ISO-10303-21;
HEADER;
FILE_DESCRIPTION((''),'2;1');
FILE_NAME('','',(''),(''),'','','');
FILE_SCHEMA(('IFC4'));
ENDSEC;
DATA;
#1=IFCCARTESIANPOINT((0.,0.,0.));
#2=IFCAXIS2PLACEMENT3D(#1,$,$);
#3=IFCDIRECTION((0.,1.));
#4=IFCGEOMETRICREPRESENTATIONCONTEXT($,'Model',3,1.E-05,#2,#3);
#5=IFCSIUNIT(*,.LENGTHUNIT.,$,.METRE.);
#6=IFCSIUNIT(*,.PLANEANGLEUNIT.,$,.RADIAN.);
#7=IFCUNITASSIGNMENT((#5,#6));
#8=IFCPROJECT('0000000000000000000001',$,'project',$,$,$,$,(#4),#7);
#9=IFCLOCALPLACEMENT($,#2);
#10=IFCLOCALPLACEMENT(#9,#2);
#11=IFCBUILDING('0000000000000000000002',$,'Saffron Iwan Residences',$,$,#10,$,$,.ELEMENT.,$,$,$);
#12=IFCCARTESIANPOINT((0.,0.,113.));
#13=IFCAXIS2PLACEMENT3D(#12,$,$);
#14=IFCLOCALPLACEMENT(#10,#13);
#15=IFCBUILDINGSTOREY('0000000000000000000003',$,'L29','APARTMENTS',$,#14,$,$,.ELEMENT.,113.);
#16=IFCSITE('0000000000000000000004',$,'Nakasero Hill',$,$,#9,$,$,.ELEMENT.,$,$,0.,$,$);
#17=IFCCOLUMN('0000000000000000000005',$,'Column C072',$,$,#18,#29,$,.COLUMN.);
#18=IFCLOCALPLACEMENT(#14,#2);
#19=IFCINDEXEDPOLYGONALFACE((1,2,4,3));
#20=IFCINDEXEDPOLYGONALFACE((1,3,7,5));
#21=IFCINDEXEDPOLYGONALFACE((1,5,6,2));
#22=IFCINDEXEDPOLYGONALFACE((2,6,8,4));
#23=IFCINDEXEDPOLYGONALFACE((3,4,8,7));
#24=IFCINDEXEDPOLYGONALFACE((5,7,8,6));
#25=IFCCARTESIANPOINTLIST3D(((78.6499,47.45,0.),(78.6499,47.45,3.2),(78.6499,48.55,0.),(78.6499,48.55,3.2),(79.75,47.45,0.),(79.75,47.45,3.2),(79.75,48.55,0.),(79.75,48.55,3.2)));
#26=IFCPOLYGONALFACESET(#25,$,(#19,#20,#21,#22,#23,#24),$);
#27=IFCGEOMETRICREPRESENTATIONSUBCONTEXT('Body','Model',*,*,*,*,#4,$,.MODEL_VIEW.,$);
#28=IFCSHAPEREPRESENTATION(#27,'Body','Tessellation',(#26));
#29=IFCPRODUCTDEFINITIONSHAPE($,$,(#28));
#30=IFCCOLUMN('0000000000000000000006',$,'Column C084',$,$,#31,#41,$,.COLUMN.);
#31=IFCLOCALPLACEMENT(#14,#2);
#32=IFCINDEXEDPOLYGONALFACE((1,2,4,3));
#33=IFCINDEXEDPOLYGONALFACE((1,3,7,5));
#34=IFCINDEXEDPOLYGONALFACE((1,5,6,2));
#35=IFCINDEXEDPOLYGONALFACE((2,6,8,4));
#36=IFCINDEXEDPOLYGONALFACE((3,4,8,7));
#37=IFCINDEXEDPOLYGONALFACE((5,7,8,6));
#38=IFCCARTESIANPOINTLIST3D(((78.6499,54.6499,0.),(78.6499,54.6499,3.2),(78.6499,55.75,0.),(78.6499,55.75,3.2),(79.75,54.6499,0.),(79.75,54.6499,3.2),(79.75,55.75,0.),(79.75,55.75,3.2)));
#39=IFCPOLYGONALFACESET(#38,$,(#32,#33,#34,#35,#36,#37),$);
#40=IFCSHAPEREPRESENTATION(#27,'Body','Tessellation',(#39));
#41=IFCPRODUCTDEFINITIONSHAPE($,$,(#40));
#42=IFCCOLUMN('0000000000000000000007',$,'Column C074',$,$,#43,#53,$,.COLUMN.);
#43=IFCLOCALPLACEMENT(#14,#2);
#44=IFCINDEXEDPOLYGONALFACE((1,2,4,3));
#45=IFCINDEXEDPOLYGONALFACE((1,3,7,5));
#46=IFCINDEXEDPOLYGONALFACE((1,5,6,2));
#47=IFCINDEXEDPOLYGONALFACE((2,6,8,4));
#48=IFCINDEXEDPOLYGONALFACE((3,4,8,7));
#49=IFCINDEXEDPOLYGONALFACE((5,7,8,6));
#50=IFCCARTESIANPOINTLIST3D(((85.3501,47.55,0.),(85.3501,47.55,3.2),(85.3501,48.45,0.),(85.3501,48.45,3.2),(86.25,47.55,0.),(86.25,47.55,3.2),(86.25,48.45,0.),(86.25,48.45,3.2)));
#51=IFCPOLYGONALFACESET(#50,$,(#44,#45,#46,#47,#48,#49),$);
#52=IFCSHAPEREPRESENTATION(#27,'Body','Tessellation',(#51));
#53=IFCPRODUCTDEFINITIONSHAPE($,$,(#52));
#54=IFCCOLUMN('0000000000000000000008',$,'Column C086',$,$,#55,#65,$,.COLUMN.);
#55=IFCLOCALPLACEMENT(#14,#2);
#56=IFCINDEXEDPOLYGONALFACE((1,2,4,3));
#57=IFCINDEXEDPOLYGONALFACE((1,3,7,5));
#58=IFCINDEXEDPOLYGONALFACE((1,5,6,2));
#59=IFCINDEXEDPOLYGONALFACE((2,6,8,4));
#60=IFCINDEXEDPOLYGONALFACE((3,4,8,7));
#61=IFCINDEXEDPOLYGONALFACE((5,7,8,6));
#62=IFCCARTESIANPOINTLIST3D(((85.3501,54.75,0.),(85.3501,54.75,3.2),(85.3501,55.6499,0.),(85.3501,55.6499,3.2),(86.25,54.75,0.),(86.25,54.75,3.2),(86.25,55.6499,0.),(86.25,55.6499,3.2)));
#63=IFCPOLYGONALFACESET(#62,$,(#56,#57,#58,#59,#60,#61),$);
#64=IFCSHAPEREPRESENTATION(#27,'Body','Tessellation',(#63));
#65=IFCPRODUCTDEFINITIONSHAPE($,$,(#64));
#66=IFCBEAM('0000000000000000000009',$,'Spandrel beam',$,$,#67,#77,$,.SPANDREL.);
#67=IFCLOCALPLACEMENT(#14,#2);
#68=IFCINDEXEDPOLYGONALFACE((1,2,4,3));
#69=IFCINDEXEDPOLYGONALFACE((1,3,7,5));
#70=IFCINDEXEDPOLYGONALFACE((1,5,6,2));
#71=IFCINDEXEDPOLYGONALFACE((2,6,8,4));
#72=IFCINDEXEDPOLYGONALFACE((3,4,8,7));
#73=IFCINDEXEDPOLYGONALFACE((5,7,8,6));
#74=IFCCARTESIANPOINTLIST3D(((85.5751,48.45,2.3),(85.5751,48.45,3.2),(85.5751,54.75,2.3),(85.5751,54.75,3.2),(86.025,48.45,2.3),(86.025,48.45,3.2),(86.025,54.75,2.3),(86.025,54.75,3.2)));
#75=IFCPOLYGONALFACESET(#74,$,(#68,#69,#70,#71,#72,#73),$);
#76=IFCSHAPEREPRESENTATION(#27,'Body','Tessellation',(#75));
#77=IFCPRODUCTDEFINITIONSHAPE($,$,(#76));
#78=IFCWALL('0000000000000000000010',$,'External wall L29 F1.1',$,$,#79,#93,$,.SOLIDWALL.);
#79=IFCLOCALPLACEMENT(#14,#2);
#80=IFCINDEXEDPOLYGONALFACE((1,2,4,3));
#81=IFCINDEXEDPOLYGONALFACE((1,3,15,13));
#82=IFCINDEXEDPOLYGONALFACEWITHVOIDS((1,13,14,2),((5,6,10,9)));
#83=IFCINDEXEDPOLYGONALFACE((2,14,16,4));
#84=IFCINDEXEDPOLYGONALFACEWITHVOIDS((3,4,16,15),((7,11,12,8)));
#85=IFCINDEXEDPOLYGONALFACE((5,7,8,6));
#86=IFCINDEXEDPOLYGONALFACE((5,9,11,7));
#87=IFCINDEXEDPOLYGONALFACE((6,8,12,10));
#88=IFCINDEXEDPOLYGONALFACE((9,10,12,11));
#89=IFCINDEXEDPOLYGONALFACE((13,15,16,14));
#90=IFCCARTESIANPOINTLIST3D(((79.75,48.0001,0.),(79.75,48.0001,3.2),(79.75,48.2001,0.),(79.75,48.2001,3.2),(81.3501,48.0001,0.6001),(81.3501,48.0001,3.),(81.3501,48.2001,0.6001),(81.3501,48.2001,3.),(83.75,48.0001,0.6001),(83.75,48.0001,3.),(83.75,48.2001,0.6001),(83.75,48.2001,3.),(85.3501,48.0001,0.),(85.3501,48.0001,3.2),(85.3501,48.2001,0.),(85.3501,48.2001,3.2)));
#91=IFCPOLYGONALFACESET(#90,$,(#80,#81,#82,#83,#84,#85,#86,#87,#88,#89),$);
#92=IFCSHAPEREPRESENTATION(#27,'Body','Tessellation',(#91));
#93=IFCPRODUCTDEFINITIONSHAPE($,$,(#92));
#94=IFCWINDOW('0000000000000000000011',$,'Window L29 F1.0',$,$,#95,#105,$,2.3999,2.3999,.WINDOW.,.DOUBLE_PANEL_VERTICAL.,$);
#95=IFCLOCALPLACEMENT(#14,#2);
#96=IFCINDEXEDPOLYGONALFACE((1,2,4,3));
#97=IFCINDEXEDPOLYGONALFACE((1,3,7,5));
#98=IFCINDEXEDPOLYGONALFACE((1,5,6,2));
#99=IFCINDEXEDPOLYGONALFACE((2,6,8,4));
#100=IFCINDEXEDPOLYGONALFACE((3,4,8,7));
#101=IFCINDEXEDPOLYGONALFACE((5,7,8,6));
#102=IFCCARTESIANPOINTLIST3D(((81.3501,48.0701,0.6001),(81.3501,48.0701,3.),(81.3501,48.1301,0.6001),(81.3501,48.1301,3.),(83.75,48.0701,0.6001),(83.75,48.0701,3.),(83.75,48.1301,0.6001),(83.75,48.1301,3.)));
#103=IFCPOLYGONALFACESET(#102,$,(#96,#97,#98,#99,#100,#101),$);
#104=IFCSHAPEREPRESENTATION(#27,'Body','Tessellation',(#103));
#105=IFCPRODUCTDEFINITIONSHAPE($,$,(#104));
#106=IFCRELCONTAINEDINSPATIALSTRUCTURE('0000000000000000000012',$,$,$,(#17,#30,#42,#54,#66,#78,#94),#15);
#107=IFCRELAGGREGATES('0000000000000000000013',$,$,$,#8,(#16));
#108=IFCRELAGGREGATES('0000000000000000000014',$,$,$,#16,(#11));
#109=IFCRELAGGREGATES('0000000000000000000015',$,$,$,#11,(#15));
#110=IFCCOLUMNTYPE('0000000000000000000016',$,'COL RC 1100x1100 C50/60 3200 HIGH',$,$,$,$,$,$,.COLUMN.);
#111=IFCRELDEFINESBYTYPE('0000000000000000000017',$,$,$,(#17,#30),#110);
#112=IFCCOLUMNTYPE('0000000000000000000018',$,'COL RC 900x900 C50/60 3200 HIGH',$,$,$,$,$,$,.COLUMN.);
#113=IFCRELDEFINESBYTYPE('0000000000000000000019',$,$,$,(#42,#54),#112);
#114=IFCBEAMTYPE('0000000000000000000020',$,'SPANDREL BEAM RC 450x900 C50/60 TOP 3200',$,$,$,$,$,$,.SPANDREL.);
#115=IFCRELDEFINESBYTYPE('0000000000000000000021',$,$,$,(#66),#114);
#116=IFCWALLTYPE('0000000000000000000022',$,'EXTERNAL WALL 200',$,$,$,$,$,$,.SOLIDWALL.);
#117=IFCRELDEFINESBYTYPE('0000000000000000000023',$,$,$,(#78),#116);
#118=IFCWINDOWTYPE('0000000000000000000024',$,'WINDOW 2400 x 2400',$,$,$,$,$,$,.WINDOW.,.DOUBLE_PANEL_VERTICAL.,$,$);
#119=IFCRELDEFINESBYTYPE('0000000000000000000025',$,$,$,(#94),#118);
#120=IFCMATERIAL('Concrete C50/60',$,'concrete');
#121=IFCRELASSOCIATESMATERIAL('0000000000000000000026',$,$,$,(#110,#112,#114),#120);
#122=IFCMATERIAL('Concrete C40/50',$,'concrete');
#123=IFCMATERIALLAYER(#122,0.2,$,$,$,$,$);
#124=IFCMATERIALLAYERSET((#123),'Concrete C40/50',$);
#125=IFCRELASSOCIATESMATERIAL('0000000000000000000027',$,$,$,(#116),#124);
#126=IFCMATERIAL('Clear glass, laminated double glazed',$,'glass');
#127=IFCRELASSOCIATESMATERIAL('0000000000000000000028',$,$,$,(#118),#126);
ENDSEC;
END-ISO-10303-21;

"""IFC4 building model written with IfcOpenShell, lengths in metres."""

from ifc_helpers import new_model, si_unit, direction, frame, frame_2d, origin, origin_2d, place, context, subcontext, project, spatial, rectangle, extrude, source, transform, mapped, material, layer, layer_set, material_profile, profile_set, type_object, element, fill, save


model = new_model("IFC4")

# Units and contexts
model_context = context("Model", 3, precision=1e-05, world=origin(), true_north=direction((0.0, 1.0)))
body_context = subcontext(model_context, "Body", "Model", "MODEL_VIEW")
ifc_project = project(units=[si_unit("LENGTHUNIT", "METRE"), si_unit("PLANEANGLEUNIT", "RADIAN")], contexts=[model_context])

# Site, building, storey
site_placement = place(None, origin())
site = spatial("IfcSite", under=ifc_project, at=site_placement, Name="Nakasero Hill", CompositionType="ELEMENT", RefElevation=0.0)
building_placement = place(site_placement, origin())
building = spatial("IfcBuilding", under=site, at=building_placement, Name="Saffron Iwan Residences", CompositionType="ELEMENT")
storey_placement = place(building_placement, frame((0.0, 0.0, 113.0)))
storey = spatial("IfcBuildingStorey", under=building, at=storey_placement, Name="L29", Description="APARTMENTS", CompositionType="ELEMENT", Elevation=113.0)

# Columns
ifc_material_1 = material(Name="Concrete C50/60", Category="concrete")
ifc_material_profile_1 = material_profile(ifc_material_1, rectangle(XDim=1.1001, YDim=1.1001, at=origin_2d()), Name="RC 1100x1100")
ifc_profile_set_1 = profile_set([ifc_material_profile_1], Name="Concrete C50/60")
column_type_1 = type_object("IfcColumnType", Name="COL RC 1100x1100 C50/60 3200 HIGH", PredefinedType="COLUMN", material=ifc_profile_set_1)
shared_shape_1 = source(origin(), body_context, "Body", "SweptSolid", [
    extrude(rectangle(XDim=1.1001, YDim=1.1001, at=origin_2d()), origin(), (0.0, 0.0, 1.0), 3.2),
])
for number, where, z_axis, x_axis, name in (
    (1, (79.2, 48.0, 0.0), (0.0, 0.0, 1.0), (1.0, 0.0, 0.0), "Column C072"),
    (2, (79.2, 55.2, 0.0), (0.0, 0.0, 1.0), (1.0, 0.0, 0.0), "Column C084"),
):
    element("IfcColumn", number, at=place(storey_placement, frame(where, z_axis=z_axis, x_axis=x_axis)), inside=storey, type_object=column_type_1, Name=name, PredefinedType="COLUMN", context=body_context, shape_type="MappedRepresentation", body=[
        mapped(shared_shape_1, transform((0.0, 0.0, 0.0))),
    ])
ifc_material_profile_2 = material_profile(ifc_material_1, rectangle(XDim=0.8999, YDim=0.8999, at=origin_2d()), Name="RC 900x900")
ifc_profile_set_2 = profile_set([ifc_material_profile_2], Name="Concrete C50/60")
column_type_2 = type_object("IfcColumnType", Name="COL RC 900x900 C50/60 3200 HIGH", PredefinedType="COLUMN", material=ifc_profile_set_2)
shared_shape_2 = source(origin(), body_context, "Body", "SweptSolid", [
    extrude(rectangle(XDim=0.8999, YDim=0.8999, at=origin_2d()), origin(), (0.0, 0.0, 1.0), 3.2),
])
for number, where, z_axis, x_axis, name in (
    (3, (85.8, 48.0, 0.0), (0.0, 0.0, 1.0), (1.0, 0.0, 0.0), "Column C074"),
    (4, (85.8, 55.2, 0.0), (0.0, 0.0, 1.0), (1.0, 0.0, 0.0), "Column C086"),
):
    element("IfcColumn", number, at=place(storey_placement, frame(where, z_axis=z_axis, x_axis=x_axis)), inside=storey, type_object=column_type_2, Name=name, PredefinedType="COLUMN", context=body_context, shape_type="MappedRepresentation", body=[
        mapped(shared_shape_2, transform((0.0, 0.0, 0.0))),
    ])

# Beam
ifc_material_profile_3 = material_profile(ifc_material_1, rectangle(XDim=0.45, YDim=0.8999, at=origin_2d()), Name="RC 450x900")
ifc_profile_set_3 = profile_set([ifc_material_profile_3], Name="Concrete C50/60")
beam_type = type_object("IfcBeamType", Name="SPANDREL BEAM RC 450x900 C50/60 TOP 3200", PredefinedType="SPANDREL", material=ifc_profile_set_3)
shared_shape_3 = source(origin(), body_context, "Body", "SweptSolid", [
    extrude(rectangle(XDim=0.45, YDim=0.8999, at=origin_2d()), origin(), (0.0, 0.0, 1.0), 6.3),
])
beam_placement = place(storey_placement, frame((85.8, 54.75, 2.75), z_axis=(0.0, -1.0, 0.0), x_axis=(1.0, 0.0, 0.0)))
element("IfcBeam", 5, at=beam_placement, inside=storey, type_object=beam_type, Name="Spandrel beam", PredefinedType="SPANDREL", context=body_context, shape_type="MappedRepresentation", body=[
    mapped(shared_shape_3, transform((0.0, 0.0, 0.0))),
])

# Wall, opening, window
ifc_material_2 = material(Name="Concrete C40/50", Category="concrete")
ifc_layer_1 = layer(ifc_material_2, 0.2)
ifc_layer_set_1 = layer_set([ifc_layer_1], Name="Concrete C40/50")
wall_type_1 = type_object("IfcWallType", Name="EXTERNAL WALL 200", PredefinedType="SOLIDWALL", material=ifc_layer_set_1)
wall_1_placement = place(storey_placement, frame((79.75, 48.1001, 0.0), z_axis=(0.0, 0.0, 1.0), x_axis=(1.0, 0.0, 0.0)))
wall_1 = element("IfcWall", 6, at=wall_1_placement, inside=storey, type_object=wall_type_1, Name="External wall L29 F1.1", PredefinedType="SOLIDWALL", context=body_context, shape_type="SweptSolid", body=[
    extrude(rectangle(XDim=5.6001, YDim=0.2, at=frame_2d((2.8, 0.0))), origin(), (0.0, 0.0, 1.0), 3.2),
])
opening_1_placement = place(wall_1_placement, frame((1.6001, 0.0, 0.6001)))
opening_1 = element("IfcOpeningElement", 7, at=opening_1_placement, cuts=wall_1, PredefinedType="OPENING", context=body_context, shape_type="SweptSolid", body=[
    extrude(rectangle(XDim=2.3999, YDim=2.3999, at=frame_2d((1.2, 1.2))), frame((0.0, 0.1099, 0.0), z_axis=(0.0, -1.0, 0.0), x_axis=(1.0, 0.0, 0.0)), (0.0, 0.0, 1.0), 0.22),
])
ifc_material_3 = material(Name="Clear glass, laminated double glazed", Category="glass")
window_type_1 = type_object("IfcWindowType", Name="WINDOW 2400 x 2400", PartitioningType="DOUBLE_PANEL_VERTICAL", PredefinedType="WINDOW", material=ifc_material_3)
window_1_placement = place(opening_1_placement, origin())
window_1 = element("IfcWindow", 8, at=window_1_placement, inside=storey, type_object=window_type_1, Name="Window L29 F1.0", OverallHeight=2.3999, OverallWidth=2.3999, PartitioningType="DOUBLE_PANEL_VERTICAL", PredefinedType="WINDOW", context=body_context, shape_type="SweptSolid", body=[
    extrude(rectangle(XDim=2.3999, YDim=2.3999, at=frame_2d((1.2, 1.2))), frame((0.0, 0.03, 0.0), z_axis=(0.0, -1.0, 0.0), x_axis=(1.0, 0.0, 0.0)), (0.0, 0.0, 1.0), 0.0601),
])
fill(opening_1, window_1)

save(model, "model.ifc")
